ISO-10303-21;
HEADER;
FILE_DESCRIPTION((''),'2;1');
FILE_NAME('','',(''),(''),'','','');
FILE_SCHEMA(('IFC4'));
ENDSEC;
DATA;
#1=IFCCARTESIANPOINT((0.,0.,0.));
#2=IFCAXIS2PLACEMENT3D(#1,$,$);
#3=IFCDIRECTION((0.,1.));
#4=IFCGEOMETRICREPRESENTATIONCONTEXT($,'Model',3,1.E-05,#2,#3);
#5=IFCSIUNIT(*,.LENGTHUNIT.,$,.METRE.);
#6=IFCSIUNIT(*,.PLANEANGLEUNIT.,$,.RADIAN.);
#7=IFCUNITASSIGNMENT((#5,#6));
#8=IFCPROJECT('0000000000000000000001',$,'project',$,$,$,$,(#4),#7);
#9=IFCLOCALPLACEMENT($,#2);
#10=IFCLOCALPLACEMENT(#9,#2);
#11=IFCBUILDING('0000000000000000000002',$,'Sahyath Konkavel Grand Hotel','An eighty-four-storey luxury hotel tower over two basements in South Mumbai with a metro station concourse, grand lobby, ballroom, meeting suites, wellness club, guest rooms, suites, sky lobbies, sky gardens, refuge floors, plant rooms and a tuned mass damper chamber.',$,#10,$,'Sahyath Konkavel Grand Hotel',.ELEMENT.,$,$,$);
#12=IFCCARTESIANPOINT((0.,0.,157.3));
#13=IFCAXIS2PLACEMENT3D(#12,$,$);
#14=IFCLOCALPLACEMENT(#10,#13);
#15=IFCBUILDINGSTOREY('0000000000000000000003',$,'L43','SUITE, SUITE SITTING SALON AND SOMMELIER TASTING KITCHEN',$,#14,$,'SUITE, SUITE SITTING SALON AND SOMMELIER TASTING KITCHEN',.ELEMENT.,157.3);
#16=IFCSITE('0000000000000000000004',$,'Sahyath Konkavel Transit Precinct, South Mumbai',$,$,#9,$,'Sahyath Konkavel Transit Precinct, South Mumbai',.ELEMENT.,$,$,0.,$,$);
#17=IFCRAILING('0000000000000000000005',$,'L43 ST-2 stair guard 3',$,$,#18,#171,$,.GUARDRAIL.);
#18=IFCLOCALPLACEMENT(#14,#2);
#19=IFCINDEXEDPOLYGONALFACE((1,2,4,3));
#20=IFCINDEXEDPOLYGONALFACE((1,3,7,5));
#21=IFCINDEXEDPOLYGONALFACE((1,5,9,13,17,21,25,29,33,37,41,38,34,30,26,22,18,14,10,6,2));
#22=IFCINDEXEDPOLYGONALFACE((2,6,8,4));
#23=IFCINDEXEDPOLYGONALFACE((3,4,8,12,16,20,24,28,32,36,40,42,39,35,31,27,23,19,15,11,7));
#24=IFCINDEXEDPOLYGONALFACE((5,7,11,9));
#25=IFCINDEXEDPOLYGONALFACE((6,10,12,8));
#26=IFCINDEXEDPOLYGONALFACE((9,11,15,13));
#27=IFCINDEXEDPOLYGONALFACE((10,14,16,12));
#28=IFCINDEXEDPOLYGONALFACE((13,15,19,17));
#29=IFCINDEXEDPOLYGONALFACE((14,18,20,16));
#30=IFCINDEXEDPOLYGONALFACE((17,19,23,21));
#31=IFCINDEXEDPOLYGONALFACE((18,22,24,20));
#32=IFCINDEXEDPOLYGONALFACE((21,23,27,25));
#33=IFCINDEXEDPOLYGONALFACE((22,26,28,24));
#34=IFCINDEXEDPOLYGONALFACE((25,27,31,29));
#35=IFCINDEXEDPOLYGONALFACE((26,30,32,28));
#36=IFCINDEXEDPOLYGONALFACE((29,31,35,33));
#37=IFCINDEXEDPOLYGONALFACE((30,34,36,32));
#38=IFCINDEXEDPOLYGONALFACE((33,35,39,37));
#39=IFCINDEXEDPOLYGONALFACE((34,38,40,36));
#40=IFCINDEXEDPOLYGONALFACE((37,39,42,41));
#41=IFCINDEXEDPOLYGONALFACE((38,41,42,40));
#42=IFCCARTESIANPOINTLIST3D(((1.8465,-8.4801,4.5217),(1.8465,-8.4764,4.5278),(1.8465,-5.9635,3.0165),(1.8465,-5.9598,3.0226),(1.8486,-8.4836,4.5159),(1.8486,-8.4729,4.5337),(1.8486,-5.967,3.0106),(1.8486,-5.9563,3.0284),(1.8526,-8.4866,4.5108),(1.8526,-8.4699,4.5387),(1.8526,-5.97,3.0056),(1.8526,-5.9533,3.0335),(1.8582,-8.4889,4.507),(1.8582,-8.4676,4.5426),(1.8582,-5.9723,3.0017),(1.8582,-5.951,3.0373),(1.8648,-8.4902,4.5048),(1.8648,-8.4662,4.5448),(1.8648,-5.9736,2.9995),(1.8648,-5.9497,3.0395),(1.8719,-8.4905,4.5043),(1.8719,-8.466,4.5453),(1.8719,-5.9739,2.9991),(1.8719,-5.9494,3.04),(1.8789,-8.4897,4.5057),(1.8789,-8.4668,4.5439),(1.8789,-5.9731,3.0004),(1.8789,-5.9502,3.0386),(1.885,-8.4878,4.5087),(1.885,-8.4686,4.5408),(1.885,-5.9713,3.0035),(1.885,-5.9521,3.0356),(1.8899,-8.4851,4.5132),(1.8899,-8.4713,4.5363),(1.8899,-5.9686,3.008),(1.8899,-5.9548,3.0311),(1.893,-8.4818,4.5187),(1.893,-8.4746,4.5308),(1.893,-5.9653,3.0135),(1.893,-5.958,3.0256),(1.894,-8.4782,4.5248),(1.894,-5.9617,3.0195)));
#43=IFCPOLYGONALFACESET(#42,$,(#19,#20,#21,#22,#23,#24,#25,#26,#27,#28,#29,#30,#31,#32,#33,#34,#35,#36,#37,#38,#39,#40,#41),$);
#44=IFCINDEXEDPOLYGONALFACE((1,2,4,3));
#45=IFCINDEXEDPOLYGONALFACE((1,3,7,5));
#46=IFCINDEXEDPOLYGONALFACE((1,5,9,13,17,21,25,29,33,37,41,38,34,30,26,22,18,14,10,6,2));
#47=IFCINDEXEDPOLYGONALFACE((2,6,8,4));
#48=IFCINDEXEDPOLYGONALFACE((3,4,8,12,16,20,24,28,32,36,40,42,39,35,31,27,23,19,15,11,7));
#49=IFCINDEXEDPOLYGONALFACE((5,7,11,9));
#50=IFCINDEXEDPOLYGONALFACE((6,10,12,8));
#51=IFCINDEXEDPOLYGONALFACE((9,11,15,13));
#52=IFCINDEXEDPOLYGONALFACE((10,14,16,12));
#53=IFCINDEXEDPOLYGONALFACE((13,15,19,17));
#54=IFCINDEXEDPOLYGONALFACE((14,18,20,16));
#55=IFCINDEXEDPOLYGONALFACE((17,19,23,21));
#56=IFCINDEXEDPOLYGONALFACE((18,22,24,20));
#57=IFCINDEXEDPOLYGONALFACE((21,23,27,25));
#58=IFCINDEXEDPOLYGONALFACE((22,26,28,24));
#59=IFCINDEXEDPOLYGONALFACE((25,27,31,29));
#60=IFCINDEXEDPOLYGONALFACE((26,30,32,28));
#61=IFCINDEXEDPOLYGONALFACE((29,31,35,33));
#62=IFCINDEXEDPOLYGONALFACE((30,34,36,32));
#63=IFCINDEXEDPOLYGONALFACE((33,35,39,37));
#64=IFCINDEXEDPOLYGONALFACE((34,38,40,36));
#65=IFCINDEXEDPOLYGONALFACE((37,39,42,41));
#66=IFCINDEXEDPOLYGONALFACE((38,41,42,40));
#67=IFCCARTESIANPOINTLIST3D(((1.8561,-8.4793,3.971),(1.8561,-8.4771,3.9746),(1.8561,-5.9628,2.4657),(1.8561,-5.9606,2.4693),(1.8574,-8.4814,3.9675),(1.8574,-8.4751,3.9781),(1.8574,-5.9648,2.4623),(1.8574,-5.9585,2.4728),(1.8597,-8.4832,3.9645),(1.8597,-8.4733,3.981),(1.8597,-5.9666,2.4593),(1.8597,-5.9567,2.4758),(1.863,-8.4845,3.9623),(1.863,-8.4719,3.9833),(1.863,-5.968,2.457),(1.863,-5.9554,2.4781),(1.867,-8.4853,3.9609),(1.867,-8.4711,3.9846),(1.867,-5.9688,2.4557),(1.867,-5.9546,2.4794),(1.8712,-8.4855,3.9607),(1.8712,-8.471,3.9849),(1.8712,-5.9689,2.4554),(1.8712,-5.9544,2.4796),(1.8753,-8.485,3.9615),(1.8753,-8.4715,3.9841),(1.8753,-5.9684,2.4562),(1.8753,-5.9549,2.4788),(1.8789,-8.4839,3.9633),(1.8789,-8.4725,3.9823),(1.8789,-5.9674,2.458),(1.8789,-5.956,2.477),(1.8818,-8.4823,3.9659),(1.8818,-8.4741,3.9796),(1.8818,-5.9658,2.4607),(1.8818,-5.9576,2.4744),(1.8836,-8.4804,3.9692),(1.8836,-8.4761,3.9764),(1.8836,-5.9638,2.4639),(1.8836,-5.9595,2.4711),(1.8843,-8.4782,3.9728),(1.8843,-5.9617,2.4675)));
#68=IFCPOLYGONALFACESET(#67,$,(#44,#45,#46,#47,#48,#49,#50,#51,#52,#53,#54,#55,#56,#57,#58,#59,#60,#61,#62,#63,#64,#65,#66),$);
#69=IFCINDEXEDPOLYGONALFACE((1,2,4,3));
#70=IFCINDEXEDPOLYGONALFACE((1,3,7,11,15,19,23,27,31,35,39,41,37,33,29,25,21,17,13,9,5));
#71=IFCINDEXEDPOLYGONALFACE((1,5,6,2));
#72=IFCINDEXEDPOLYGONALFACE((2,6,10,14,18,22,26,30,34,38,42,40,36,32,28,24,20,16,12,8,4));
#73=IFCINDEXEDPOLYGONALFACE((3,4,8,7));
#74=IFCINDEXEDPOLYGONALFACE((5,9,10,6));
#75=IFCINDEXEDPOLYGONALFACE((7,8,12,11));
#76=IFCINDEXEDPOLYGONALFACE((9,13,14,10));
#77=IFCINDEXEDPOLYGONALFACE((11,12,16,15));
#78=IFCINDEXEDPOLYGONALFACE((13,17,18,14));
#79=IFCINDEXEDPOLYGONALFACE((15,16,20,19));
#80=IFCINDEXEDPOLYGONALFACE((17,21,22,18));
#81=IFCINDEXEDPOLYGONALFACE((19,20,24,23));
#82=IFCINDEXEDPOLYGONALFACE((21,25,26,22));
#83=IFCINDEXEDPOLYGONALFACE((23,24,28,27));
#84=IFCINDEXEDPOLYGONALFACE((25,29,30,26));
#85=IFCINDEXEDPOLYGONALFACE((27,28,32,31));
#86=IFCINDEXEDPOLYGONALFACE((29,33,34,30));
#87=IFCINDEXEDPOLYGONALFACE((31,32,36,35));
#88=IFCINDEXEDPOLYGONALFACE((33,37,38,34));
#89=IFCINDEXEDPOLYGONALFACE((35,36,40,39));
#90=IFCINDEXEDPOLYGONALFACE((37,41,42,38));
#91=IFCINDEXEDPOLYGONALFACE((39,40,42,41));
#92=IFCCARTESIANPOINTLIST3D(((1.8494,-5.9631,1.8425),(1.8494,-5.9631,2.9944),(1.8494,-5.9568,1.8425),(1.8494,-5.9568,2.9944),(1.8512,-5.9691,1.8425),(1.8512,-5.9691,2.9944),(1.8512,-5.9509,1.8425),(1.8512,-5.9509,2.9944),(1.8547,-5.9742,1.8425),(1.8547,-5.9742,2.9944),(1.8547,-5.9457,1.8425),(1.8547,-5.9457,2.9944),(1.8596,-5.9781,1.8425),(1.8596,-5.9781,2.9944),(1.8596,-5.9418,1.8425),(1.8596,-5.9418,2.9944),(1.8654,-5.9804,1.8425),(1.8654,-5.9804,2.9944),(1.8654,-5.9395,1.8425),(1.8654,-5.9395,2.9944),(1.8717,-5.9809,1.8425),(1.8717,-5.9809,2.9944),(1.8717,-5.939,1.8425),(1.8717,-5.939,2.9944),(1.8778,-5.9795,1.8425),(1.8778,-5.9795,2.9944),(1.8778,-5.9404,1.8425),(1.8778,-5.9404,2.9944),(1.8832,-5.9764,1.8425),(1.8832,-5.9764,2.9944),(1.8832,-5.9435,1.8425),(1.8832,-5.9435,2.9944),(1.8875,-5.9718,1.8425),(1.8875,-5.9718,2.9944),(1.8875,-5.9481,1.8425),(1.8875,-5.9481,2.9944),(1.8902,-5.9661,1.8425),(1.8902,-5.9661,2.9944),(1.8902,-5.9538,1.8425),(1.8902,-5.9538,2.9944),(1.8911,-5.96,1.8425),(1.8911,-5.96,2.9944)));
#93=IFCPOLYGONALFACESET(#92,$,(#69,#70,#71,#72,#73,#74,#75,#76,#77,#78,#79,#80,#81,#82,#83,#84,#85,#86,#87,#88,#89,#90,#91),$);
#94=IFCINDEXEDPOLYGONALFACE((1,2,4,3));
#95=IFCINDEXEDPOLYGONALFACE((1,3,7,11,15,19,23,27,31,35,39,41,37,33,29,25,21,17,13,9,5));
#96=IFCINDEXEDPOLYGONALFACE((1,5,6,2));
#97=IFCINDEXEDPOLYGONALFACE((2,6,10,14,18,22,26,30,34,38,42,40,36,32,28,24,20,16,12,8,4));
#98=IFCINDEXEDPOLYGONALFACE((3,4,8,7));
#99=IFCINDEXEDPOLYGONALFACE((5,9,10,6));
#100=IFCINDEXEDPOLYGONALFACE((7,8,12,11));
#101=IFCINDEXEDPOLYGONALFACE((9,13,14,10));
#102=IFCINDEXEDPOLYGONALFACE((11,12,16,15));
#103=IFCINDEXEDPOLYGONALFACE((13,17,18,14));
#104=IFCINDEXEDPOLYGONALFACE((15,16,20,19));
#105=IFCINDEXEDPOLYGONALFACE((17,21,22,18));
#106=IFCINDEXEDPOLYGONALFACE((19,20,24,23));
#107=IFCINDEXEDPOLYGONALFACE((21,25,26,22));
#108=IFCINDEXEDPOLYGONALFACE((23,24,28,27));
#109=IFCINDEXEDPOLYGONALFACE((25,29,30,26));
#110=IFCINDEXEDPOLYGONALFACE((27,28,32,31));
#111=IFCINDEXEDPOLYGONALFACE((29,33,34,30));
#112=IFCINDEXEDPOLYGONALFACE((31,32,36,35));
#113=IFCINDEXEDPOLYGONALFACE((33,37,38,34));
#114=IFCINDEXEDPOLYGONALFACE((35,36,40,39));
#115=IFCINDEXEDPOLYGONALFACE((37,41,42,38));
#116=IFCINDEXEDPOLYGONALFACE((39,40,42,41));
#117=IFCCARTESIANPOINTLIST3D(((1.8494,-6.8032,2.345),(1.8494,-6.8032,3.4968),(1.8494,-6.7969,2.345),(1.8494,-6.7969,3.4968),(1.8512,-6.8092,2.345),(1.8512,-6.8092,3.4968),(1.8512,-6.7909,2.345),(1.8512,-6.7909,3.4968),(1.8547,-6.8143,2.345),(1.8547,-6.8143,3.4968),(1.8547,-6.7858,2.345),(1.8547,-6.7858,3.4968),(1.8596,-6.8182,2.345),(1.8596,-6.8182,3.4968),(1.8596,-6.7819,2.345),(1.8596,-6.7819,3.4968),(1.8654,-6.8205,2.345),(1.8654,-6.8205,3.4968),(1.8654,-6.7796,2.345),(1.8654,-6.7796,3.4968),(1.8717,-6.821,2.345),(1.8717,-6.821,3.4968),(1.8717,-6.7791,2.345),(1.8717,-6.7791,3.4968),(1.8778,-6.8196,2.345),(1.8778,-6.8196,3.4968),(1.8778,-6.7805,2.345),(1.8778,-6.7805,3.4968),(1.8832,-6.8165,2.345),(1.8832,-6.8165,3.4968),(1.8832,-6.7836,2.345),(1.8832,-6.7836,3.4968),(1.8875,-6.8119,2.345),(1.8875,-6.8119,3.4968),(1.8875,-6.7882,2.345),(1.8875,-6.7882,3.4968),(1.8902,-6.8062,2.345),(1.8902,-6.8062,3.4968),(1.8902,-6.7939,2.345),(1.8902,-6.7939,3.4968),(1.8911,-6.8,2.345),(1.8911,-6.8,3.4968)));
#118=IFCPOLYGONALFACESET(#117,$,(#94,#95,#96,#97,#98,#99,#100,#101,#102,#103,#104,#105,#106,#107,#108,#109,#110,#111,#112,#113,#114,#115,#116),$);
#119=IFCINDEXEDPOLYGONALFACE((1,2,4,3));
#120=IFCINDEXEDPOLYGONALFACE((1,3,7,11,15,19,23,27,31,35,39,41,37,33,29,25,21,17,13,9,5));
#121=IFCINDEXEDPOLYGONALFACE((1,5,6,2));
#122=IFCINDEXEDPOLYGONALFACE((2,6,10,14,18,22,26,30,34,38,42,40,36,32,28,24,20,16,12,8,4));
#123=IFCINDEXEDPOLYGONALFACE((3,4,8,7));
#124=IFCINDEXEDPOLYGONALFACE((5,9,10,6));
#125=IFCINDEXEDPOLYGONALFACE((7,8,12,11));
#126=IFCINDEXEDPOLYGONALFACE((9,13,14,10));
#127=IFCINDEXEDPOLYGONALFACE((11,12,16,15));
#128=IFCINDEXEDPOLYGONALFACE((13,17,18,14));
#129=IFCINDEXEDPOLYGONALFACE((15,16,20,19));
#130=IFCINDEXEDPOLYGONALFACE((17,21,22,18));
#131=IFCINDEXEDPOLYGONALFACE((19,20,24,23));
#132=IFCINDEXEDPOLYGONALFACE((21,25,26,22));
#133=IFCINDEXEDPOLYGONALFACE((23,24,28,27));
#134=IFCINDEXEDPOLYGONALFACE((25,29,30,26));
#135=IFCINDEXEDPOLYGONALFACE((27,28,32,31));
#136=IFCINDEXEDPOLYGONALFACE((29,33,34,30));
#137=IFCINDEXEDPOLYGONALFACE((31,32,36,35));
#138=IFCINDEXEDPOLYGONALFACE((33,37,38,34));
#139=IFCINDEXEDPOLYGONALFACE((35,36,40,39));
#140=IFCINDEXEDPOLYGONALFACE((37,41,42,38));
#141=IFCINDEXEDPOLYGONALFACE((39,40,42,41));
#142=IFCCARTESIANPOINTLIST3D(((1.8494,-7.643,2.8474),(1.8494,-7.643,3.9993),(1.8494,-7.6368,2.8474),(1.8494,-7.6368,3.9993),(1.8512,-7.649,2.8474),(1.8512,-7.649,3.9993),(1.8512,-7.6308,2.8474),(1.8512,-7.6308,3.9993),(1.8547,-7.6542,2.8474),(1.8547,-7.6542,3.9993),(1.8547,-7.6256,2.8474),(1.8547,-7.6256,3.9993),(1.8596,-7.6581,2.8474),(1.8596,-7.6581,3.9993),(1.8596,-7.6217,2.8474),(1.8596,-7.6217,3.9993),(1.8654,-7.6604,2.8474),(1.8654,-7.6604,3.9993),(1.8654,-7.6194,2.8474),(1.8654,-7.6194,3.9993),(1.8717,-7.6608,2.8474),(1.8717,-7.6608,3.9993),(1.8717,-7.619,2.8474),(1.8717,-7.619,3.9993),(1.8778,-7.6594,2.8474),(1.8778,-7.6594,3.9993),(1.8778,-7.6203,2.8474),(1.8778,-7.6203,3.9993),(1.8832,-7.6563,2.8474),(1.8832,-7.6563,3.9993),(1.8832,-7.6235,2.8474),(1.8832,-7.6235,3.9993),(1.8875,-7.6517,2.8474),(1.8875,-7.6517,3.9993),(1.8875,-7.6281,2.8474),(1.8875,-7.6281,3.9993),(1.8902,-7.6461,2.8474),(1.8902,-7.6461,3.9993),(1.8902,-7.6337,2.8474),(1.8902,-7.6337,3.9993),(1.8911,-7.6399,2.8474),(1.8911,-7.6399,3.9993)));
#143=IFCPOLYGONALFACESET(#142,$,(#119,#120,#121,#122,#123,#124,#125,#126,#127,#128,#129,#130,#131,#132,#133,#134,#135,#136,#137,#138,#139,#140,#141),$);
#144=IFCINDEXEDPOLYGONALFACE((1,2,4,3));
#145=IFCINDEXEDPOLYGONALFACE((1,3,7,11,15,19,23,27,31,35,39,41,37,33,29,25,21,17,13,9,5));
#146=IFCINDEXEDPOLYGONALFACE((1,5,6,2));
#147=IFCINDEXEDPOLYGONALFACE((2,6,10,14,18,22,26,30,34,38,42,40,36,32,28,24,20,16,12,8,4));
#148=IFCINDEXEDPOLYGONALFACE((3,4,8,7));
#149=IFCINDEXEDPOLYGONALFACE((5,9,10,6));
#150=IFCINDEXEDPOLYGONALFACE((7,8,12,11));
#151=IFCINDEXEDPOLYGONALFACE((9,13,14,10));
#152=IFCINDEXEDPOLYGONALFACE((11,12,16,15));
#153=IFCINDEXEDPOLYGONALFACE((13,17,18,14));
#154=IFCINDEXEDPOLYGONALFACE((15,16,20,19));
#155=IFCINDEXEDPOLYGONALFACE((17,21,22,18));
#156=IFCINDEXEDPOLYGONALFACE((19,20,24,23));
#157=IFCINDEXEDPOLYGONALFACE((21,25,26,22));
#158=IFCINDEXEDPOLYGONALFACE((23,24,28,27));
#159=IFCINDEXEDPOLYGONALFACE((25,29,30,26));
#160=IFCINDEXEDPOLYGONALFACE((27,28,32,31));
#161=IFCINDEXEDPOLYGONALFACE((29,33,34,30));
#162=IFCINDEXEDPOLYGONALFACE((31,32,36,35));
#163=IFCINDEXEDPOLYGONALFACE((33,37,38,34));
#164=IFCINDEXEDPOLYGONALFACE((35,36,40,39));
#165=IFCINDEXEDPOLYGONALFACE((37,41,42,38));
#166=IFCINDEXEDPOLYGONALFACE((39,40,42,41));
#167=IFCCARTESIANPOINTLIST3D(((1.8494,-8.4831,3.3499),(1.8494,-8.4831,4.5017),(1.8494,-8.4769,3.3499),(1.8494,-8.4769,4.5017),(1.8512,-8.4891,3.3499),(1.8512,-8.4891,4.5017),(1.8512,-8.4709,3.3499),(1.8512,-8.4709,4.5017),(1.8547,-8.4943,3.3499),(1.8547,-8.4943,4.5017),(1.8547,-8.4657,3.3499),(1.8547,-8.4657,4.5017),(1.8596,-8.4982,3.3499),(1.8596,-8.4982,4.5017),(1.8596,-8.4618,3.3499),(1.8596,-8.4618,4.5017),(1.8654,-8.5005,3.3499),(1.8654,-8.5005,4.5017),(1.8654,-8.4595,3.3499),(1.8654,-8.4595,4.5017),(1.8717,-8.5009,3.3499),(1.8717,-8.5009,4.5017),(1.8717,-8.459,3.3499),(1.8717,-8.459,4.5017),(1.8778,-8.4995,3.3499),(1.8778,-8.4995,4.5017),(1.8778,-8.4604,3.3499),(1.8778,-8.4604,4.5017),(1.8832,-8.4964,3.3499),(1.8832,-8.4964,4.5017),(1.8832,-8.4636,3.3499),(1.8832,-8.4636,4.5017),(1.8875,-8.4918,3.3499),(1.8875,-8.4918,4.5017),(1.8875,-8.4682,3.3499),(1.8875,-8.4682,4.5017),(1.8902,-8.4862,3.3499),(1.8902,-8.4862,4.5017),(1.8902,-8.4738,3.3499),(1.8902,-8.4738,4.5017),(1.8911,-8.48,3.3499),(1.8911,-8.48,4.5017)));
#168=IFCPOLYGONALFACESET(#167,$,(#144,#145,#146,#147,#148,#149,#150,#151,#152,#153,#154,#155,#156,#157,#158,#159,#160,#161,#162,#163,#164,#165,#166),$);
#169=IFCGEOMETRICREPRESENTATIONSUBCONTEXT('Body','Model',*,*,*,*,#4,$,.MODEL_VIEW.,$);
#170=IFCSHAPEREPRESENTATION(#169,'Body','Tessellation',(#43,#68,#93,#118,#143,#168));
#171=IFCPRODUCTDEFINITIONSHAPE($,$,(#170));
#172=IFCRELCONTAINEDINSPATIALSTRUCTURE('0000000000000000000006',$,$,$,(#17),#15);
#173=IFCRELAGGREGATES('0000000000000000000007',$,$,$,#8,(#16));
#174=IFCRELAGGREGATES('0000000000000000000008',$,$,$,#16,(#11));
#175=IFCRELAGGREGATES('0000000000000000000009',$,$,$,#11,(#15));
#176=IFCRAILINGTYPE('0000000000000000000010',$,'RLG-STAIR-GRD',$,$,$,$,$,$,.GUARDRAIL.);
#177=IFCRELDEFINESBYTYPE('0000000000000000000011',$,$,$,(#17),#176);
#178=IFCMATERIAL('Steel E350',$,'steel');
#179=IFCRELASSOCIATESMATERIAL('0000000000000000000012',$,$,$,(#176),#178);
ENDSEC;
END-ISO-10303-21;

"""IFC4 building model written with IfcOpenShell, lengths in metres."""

from ifc_helpers import new_model, si_unit, direction, frame, origin, origin_2d, place, context, subcontext, project, spatial, circle, extrude, material, type_object, element, save


model = new_model("IFC4")

# Units and contexts
model_context = context("Model", 3, precision=1e-05, world=origin(), true_north=direction((0.0, 1.0)))
body_context = subcontext(model_context, "Body", "Model", "MODEL_VIEW")
ifc_project = project(units=[si_unit("LENGTHUNIT", "METRE"), si_unit("PLANEANGLEUNIT", "RADIAN")], contexts=[model_context])

# Site, building, storey
site_placement = place(None, origin())
site = spatial("IfcSite", under=ifc_project, at=site_placement, Name="Sahyath Konkavel Transit Precinct, South Mumbai", LongName="Sahyath Konkavel Transit Precinct, South Mumbai", CompositionType="ELEMENT", RefElevation=0.0)
building_placement = place(site_placement, origin())
building = spatial("IfcBuilding", under=site, at=building_placement, Name="Sahyath Konkavel Grand Hotel", Description="An eighty-four-storey luxury hotel tower over two basements in South Mumbai with a metro station concourse, grand lobby, ballroom, meeting suites, wellness club, guest rooms, suites, sky lobbies, sky gardens, refuge floors, plant rooms and a tuned mass damper chamber.", LongName="Sahyath Konkavel Grand Hotel", CompositionType="ELEMENT")
storey_placement = place(building_placement, frame((0.0, 0.0, 157.3)))
storey = spatial("IfcBuildingStorey", under=building, at=storey_placement, Name="L43", Description="SUITE, SUITE SITTING SALON AND SOMMELIER TASTING KITCHEN", LongName="SUITE, SUITE SITTING SALON AND SOMMELIER TASTING KITCHEN", CompositionType="ELEMENT", Elevation=157.3)

# Shared definitions
ifc_material_1 = material(Name="Steel E350", Category="steel")

# Railing
railing_type_1 = type_object("IfcRailingType", Name="RLG-STAIR-GRD", PredefinedType="GUARDRAIL", material=ifc_material_1)
railing_1_placement = place(storey_placement, frame((1.8701, -5.96, 1.8425)))
element("IfcRailing", 1, at=railing_1_placement, inside=storey, type_object=railing_type_1, Name="L43 ST-2 stair guard 3", PredefinedType="GUARDRAIL", context=body_context, shape_type="SweptSolid", body=[
    extrude(circle(Radius=0.0239, at=origin_2d()), frame((0.0, -0.0017, 1.177), z_axis=(0.0, -0.858196, 0.513321), x_axis=(1.0, 0.0, 0.0)), (0.0, 0.0, 1.0), 2.9324),
    extrude(circle(Radius=0.0142, at=origin_2d()), frame((0.0, -0.0017, 0.625), z_axis=(0.0, -0.858196, 0.513321), x_axis=(1.0, 0.0, 0.0)), (0.0, 0.0, 1.0), 2.9324),
    extrude(circle(Radius=0.021, at=origin_2d()), origin(), (0.0, 0.0, 1.0), 1.1519),
    extrude(circle(Radius=0.021, at=origin_2d()), frame((0.0, -0.8401, 0.5024)), (0.0, 0.0, 1.0), 1.1519),
    extrude(circle(Radius=0.021, at=origin_2d()), frame((0.0, -1.6799, 1.0049)), (0.0, 0.0, 1.0), 1.1519),
    extrude(circle(Radius=0.021, at=origin_2d()), frame((0.0, -2.52, 1.5073)), (0.0, 0.0, 1.0), 1.1519),
])

save(model, "model.ifc")
